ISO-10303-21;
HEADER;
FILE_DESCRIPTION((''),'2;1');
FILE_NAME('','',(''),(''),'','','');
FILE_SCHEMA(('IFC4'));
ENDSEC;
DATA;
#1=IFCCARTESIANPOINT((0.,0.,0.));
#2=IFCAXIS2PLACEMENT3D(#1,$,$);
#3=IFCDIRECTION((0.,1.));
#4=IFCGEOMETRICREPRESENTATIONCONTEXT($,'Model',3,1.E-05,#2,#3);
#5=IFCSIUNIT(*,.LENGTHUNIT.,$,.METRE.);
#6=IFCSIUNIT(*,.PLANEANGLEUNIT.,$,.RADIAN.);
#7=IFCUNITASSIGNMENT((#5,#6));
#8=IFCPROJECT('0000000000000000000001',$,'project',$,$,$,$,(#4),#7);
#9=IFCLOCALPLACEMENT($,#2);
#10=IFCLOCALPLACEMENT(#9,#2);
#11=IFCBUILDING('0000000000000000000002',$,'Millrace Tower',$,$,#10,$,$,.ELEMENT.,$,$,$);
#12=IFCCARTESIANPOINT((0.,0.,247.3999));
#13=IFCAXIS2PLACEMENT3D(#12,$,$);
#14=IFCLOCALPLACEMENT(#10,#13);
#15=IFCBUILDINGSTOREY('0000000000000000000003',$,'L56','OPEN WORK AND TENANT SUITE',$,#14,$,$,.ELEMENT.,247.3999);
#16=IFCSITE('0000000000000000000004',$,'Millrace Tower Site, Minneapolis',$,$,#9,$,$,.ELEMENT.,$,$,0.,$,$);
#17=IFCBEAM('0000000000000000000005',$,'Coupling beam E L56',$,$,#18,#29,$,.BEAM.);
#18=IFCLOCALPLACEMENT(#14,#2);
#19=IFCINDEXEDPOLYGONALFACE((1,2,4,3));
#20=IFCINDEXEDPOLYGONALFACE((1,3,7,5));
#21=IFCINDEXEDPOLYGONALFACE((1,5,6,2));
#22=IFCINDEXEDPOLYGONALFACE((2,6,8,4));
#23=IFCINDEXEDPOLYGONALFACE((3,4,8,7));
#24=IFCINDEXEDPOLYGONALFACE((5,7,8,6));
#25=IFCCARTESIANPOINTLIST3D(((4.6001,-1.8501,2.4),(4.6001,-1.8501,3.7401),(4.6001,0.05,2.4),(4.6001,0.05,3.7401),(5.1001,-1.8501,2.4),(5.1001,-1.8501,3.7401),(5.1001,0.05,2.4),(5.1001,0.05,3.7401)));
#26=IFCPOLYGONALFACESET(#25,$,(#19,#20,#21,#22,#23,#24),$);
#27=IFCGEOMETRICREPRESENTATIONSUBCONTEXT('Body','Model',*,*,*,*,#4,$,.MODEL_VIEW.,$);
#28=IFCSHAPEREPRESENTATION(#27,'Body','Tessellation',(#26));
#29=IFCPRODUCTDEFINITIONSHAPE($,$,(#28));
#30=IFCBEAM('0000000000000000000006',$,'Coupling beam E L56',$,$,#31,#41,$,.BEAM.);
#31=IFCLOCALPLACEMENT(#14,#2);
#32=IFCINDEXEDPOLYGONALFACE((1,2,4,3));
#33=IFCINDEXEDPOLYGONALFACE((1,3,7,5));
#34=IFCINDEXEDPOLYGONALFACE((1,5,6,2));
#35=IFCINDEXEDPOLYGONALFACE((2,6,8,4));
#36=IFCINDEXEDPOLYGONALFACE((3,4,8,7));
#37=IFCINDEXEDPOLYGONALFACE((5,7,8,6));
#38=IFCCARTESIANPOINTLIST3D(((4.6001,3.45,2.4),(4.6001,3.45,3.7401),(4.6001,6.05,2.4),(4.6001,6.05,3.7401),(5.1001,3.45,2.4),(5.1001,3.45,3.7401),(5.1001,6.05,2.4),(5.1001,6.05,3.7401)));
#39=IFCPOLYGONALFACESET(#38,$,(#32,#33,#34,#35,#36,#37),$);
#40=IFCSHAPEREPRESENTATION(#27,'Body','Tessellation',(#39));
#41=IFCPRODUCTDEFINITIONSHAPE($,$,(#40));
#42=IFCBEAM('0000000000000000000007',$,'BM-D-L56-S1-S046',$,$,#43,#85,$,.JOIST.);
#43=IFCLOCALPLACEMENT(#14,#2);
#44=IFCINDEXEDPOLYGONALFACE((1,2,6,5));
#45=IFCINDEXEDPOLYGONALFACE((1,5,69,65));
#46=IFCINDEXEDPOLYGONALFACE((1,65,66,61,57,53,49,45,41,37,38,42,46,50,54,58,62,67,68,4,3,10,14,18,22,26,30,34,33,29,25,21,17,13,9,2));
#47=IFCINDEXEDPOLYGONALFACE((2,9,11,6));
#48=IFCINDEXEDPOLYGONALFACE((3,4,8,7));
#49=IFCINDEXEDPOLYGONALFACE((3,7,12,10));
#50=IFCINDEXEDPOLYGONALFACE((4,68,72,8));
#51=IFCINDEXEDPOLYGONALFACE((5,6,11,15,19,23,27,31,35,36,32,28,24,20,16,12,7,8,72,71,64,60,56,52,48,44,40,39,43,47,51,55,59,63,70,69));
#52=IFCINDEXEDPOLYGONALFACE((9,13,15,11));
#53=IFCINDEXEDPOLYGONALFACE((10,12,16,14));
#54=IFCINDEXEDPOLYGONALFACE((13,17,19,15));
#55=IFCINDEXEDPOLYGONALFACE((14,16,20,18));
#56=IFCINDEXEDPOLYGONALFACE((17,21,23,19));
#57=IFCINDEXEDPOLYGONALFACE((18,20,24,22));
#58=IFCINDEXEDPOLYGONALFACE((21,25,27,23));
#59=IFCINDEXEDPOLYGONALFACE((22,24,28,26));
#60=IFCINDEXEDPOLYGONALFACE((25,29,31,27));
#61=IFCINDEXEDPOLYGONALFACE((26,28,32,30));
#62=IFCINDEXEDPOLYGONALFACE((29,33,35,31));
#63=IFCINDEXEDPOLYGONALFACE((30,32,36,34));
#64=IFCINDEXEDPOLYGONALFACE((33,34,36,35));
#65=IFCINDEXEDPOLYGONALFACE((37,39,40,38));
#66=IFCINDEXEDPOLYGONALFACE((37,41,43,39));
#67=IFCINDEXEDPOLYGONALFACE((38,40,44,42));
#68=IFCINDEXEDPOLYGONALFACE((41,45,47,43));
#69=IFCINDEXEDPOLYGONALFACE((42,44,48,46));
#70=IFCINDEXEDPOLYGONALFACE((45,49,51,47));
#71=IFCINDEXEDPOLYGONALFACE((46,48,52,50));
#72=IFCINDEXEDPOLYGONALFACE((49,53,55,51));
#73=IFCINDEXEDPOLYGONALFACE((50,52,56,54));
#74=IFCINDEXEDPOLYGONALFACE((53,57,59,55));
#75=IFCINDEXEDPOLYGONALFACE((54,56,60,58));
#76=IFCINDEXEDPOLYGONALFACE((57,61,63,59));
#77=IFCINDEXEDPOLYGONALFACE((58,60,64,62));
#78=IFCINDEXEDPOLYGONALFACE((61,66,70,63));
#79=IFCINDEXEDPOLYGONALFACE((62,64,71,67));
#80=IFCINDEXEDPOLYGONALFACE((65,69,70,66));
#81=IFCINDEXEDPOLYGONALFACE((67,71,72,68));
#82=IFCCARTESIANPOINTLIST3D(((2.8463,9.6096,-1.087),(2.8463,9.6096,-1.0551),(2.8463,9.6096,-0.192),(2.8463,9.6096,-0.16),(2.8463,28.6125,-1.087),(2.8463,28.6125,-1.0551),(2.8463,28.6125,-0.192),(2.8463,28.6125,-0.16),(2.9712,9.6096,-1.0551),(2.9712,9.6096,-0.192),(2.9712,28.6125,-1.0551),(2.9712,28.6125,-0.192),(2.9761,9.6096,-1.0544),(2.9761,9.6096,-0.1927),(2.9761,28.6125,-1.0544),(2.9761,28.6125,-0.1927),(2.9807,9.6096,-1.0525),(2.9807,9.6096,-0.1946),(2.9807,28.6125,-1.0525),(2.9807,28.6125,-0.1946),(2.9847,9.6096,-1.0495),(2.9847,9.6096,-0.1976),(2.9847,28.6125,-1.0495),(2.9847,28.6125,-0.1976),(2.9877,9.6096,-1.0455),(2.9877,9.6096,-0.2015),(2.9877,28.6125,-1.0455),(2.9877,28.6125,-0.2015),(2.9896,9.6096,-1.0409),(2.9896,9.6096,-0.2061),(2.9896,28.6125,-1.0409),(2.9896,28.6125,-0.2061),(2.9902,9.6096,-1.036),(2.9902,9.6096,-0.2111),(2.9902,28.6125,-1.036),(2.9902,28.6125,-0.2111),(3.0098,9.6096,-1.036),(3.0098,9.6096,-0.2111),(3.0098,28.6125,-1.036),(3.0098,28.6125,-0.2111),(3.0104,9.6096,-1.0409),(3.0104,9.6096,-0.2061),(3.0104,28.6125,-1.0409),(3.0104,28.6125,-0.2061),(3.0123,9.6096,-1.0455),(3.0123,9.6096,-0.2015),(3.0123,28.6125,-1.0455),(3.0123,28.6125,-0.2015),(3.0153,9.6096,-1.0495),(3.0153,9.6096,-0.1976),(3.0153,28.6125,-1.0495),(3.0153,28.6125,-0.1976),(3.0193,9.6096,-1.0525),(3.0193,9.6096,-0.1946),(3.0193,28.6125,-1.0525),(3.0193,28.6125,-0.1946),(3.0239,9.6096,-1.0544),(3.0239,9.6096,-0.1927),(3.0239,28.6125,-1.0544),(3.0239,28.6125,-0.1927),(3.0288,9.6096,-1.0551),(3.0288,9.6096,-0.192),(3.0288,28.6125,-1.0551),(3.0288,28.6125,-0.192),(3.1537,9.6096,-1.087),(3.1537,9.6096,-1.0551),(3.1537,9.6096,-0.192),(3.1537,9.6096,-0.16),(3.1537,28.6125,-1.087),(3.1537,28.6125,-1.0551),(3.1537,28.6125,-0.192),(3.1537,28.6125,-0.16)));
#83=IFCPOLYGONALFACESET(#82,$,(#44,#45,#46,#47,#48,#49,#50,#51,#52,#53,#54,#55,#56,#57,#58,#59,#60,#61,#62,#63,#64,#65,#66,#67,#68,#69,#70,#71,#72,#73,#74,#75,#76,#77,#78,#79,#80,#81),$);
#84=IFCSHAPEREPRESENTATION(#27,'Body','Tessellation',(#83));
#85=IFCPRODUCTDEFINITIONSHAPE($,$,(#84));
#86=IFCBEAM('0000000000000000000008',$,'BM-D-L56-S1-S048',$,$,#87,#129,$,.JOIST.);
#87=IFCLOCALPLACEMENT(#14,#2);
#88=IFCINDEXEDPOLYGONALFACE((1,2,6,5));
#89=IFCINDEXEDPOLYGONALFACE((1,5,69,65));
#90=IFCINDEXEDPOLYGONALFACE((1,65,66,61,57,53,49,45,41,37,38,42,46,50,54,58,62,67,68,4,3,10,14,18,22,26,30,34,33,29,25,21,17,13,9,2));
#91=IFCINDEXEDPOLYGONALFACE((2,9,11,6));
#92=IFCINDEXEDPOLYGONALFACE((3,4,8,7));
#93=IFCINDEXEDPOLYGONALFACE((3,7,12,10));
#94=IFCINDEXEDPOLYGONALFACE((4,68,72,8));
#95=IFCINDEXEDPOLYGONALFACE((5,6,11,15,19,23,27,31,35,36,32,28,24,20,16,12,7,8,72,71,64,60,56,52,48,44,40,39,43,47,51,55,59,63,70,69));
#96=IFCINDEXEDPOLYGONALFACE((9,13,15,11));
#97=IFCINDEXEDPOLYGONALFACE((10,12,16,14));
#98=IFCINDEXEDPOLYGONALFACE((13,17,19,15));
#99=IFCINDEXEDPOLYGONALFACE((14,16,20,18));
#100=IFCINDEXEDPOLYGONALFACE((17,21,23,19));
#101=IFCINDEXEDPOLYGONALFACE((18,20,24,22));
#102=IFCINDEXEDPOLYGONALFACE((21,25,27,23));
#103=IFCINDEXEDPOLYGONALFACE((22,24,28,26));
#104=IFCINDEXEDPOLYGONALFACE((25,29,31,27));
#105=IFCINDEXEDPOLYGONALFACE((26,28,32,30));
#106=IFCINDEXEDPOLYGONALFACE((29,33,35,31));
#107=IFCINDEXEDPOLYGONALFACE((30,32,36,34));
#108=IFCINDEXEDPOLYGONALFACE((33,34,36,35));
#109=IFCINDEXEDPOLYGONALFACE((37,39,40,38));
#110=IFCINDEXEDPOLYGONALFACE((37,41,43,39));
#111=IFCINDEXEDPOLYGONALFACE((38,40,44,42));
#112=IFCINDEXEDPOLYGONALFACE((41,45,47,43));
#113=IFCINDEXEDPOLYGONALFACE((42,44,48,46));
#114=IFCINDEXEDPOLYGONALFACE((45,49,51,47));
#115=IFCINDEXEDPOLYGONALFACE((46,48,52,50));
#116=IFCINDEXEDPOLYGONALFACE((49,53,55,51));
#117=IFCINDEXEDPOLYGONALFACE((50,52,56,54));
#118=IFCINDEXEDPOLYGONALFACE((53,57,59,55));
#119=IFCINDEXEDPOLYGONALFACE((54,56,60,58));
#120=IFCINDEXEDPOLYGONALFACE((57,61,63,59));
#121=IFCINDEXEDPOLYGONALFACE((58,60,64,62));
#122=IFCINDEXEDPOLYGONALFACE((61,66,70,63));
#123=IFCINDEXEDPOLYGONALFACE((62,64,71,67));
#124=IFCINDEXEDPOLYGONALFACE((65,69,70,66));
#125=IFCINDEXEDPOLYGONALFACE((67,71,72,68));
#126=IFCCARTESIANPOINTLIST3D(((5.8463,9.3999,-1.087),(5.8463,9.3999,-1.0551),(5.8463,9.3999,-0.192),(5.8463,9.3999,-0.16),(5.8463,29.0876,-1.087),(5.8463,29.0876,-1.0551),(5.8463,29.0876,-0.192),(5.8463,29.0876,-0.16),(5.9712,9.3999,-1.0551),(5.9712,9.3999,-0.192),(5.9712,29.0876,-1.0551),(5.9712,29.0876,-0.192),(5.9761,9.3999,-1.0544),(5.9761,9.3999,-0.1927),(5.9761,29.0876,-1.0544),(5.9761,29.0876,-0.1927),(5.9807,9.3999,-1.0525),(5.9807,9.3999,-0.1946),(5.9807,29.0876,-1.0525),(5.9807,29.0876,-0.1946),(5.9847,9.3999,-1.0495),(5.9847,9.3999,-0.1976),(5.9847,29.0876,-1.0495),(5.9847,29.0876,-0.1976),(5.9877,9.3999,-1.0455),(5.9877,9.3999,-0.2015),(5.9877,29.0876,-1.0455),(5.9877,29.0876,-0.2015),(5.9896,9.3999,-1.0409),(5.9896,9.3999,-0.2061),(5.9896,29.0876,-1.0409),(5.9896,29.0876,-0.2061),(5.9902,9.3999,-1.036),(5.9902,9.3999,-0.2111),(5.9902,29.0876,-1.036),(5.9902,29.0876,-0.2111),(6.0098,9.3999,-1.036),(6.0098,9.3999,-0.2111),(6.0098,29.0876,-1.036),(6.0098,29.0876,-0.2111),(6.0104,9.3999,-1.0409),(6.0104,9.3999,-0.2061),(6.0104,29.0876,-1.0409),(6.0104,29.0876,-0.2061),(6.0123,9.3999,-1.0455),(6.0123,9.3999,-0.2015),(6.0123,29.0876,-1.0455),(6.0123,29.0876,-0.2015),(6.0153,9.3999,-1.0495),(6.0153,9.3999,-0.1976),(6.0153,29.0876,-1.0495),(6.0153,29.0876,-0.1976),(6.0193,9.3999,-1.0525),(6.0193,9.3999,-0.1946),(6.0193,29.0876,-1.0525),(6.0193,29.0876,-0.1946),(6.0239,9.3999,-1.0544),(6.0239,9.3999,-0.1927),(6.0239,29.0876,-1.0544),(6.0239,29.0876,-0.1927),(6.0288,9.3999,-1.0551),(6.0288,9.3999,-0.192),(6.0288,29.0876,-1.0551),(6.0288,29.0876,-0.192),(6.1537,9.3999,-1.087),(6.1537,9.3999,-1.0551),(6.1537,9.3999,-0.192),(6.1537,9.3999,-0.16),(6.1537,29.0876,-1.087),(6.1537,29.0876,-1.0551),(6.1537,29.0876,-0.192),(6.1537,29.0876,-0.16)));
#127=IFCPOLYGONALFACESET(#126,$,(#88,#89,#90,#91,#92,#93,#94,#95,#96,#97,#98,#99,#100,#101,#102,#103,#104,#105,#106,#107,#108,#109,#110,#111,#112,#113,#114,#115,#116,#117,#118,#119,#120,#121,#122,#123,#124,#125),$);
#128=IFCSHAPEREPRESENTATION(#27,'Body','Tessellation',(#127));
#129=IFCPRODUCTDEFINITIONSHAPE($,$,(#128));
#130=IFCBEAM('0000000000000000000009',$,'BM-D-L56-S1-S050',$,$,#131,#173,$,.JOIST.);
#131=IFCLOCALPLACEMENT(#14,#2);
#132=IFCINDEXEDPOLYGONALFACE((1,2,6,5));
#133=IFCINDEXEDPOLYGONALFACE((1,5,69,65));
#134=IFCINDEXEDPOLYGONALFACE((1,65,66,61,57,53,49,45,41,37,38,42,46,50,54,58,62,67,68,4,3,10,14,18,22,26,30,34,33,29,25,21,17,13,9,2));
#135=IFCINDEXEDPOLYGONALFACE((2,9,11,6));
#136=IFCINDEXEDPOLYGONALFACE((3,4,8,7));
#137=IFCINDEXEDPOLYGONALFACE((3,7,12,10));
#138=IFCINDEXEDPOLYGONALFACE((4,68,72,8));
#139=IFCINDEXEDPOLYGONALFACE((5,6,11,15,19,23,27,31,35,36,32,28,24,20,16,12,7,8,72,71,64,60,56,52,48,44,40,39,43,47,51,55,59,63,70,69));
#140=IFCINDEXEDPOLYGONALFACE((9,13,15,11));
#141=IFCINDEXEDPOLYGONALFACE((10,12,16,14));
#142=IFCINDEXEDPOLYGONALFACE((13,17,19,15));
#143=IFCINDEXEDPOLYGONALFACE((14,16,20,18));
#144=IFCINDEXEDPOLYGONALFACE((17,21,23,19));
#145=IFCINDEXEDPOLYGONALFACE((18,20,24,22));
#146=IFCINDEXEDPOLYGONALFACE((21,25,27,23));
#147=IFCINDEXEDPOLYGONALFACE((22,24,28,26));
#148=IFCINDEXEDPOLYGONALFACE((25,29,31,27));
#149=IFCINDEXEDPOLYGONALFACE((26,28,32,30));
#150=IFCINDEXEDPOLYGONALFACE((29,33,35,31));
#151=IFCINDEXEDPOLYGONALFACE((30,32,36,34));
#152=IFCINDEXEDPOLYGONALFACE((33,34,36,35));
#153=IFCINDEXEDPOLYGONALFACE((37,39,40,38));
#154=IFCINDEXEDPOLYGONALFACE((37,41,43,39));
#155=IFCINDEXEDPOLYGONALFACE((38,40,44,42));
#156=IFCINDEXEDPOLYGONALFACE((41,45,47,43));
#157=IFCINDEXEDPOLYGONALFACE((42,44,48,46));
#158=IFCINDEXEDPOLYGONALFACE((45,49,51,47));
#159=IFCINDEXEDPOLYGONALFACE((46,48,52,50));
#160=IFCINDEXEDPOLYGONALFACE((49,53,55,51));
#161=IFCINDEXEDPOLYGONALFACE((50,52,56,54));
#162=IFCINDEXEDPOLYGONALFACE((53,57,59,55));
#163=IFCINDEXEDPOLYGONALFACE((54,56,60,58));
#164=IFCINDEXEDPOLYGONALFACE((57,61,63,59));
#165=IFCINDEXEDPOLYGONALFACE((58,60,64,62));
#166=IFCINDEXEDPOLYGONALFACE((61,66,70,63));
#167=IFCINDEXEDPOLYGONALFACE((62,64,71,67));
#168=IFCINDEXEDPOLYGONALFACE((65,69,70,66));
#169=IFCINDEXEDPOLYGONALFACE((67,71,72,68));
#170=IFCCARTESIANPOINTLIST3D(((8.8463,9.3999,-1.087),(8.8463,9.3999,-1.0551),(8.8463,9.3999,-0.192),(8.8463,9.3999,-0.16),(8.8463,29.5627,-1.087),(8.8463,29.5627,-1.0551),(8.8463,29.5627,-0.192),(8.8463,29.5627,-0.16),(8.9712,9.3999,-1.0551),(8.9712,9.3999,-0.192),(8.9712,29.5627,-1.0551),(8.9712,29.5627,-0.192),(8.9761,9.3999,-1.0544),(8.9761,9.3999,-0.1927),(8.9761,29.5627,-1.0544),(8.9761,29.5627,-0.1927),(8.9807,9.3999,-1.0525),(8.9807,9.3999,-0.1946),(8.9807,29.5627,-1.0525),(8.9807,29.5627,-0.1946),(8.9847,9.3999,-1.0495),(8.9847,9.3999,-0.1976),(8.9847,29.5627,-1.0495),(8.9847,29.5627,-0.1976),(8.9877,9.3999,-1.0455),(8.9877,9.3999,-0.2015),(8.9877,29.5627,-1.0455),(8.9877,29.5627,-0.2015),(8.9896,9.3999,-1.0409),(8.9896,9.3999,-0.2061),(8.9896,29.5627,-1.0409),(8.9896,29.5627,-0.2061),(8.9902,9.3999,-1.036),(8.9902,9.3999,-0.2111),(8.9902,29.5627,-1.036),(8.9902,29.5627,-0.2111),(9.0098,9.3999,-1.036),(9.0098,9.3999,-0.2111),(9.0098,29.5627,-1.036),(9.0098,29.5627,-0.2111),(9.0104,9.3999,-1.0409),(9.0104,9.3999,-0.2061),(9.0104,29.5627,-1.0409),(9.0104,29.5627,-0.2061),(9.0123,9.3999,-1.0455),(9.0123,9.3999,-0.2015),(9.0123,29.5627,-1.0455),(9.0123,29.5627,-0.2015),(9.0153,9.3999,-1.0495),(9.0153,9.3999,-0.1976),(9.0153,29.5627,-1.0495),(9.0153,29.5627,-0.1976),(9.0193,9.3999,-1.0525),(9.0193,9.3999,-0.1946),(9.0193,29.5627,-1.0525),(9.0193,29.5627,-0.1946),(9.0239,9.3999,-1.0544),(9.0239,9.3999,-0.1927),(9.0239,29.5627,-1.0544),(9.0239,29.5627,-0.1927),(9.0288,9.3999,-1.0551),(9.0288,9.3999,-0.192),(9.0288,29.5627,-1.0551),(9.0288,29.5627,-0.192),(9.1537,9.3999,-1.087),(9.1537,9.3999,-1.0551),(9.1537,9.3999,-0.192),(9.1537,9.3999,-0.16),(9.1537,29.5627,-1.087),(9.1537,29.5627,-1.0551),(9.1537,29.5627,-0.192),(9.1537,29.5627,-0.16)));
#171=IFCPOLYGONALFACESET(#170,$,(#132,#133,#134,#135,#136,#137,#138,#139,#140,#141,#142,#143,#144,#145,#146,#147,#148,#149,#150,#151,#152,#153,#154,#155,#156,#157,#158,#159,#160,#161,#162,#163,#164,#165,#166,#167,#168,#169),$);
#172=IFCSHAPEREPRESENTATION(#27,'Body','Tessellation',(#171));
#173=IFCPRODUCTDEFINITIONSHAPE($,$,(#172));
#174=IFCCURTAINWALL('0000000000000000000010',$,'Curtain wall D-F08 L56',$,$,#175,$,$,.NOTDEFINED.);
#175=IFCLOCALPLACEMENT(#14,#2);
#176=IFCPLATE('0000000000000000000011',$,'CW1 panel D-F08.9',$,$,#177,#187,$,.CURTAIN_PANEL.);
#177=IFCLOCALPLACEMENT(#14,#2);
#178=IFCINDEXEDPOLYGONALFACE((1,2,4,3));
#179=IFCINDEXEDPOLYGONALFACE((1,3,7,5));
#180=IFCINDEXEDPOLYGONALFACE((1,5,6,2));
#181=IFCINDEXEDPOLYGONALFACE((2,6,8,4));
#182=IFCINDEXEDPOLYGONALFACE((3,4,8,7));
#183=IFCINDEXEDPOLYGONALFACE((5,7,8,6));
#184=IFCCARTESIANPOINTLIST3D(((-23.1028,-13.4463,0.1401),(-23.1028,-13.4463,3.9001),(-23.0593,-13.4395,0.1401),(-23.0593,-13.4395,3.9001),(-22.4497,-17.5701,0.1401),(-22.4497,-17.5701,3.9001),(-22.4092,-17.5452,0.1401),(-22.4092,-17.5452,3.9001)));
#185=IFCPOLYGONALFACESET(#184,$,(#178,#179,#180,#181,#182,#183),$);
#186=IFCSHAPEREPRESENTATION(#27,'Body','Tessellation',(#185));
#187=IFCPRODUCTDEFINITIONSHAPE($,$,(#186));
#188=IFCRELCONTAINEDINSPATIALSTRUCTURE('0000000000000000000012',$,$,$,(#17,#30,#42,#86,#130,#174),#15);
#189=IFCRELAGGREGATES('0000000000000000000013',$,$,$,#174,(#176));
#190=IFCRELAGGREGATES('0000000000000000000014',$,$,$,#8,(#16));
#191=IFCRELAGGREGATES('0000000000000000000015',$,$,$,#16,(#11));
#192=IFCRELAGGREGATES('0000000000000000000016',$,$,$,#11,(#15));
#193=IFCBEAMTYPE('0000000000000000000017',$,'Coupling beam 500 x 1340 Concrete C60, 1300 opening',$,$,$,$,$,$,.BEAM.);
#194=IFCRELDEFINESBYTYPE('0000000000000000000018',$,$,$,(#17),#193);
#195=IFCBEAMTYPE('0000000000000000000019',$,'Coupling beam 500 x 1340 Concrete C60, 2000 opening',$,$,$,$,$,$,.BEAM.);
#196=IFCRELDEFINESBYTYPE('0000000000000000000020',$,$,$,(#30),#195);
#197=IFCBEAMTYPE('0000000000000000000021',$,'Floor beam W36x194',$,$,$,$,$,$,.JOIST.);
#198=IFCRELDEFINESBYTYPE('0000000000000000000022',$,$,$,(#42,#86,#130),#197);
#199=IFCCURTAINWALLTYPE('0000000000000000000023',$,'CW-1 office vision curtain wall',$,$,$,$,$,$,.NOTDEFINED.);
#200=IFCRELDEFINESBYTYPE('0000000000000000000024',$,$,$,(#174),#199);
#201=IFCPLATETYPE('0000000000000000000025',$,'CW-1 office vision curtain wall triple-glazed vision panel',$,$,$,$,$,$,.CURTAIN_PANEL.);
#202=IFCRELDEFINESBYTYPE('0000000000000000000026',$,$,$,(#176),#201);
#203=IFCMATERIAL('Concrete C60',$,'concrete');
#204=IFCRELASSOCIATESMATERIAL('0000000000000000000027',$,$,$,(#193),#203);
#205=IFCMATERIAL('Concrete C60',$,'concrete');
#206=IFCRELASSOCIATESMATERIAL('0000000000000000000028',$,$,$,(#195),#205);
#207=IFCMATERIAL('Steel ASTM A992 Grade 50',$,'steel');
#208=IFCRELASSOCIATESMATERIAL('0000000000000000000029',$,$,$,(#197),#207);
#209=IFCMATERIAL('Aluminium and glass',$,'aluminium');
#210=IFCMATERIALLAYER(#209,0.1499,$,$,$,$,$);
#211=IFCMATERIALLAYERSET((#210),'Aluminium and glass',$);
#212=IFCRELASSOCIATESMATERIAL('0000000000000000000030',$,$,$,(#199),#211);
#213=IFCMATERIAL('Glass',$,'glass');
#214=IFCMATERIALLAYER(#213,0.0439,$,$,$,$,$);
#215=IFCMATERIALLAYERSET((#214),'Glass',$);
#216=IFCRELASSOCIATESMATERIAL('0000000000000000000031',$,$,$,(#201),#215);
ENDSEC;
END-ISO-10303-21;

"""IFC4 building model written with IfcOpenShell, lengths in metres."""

from ifc_helpers import new_model, si_unit, direction, frame, origin, origin_2d, place, context, subcontext, project, spatial, polyline, rectangle, i_section, outline, extrude, material, layer, layer_set, material_profile, profile_set, type_object, element, aggregate, save


model = new_model("IFC4")

# Units and contexts
model_context = context("Model", 3, precision=1e-05, world=origin(), true_north=direction((0.0, 1.0)))
body_context = subcontext(model_context, "Body", "Model", "MODEL_VIEW")
ifc_project = project(units=[si_unit("LENGTHUNIT", "METRE"), si_unit("PLANEANGLEUNIT", "RADIAN")], contexts=[model_context])

# Site, building, storey
site_placement = place(None, origin())
site = spatial("IfcSite", under=ifc_project, at=site_placement, Name="Millrace Tower Site, Minneapolis", CompositionType="ELEMENT", RefElevation=0.0)
building_placement = place(site_placement, origin())
building = spatial("IfcBuilding", under=site, at=building_placement, Name="Millrace Tower", CompositionType="ELEMENT")
storey_placement = place(building_placement, frame((0.0, 0.0, 247.3999)))
storey = spatial("IfcBuildingStorey", under=building, at=storey_placement, Name="L56", Description="OPEN WORK AND TENANT SUITE", CompositionType="ELEMENT", Elevation=247.3999)

# Beams
ifc_material_1 = material(Name="Concrete C60", Category="concrete")
ifc_material_profile_1 = material_profile(ifc_material_1, rectangle(XDim=0.5, YDim=1.3401, at=origin_2d()))
ifc_profile_set_1 = profile_set([ifc_material_profile_1], Name="Concrete C60")
beam_type_1 = type_object("IfcBeamType", Name="Coupling beam 500 x 1340 Concrete C60, 1300 opening", PredefinedType="BEAM", material=ifc_profile_set_1)
beam_1_placement = place(storey_placement, frame((4.8501, 0.05, 3.0701), z_axis=(0.0, -1.0, 0.0), x_axis=(1.0, 0.0, 0.0)))
element("IfcBeam", 1, at=beam_1_placement, inside=storey, type_object=beam_type_1, Name="Coupling beam E L56", PredefinedType="BEAM", context=body_context, shape_type="SweptSolid", body=[
    extrude(rectangle(XDim=0.5, YDim=1.3401, at=origin_2d()), origin(), (0.0, 0.0, 1.0), 1.9001),
])
ifc_material_2 = material(Name="Concrete C60", Category="concrete")
ifc_material_profile_2 = material_profile(ifc_material_2, rectangle(XDim=0.5, YDim=1.3401, at=origin_2d()))
ifc_profile_set_2 = profile_set([ifc_material_profile_2], Name="Concrete C60")
beam_type_2 = type_object("IfcBeamType", Name="Coupling beam 500 x 1340 Concrete C60, 2000 opening", PredefinedType="BEAM", material=ifc_profile_set_2)
beam_2_placement = place(storey_placement, frame((4.8501, 6.05, 3.0701), z_axis=(0.0, -1.0, 0.0), x_axis=(1.0, 0.0, 0.0)))
element("IfcBeam", 2, at=beam_2_placement, inside=storey, type_object=beam_type_2, Name="Coupling beam E L56", PredefinedType="BEAM", context=body_context, shape_type="SweptSolid", body=[
    extrude(rectangle(XDim=0.5, YDim=1.3401, at=origin_2d()), origin(), (0.0, 0.0, 1.0), 2.6001),
])
ifc_material_3 = material(Name="Steel ASTM A992 Grade 50", Category="steel")
ifc_material_profile_3 = material_profile(ifc_material_3, i_section(OverallWidth=0.3074, OverallDepth=0.927, WebThickness=0.0195, FlangeThickness=0.032, FilletRadius=0.019, at=origin_2d()))
ifc_profile_set_3 = profile_set([ifc_material_profile_3], Name="Steel ASTM A992 Grade 50")
beam_type_3 = type_object("IfcBeamType", Name="Floor beam W36x194", PredefinedType="JOIST", material=ifc_profile_set_3)
beam_3_placement = place(storey_placement, frame((3.0, 9.6096, -0.6235), z_axis=(0.0, 1.0, 0.0), x_axis=(-1.0, 0.0, 0.0)))
element("IfcBeam", 3, at=beam_3_placement, inside=storey, type_object=beam_type_3, Name="BM-D-L56-S1-S046", PredefinedType="JOIST", context=body_context, shape_type="SweptSolid", body=[
    extrude(i_section(OverallWidth=0.3074, OverallDepth=0.927, WebThickness=0.0195, FlangeThickness=0.032, FilletRadius=0.019, at=origin_2d()), origin(), (0.0, 0.0, 1.0), 19.0029),
])
beam_4_placement = place(storey_placement, frame((6.0, 9.3999, -0.6235), z_axis=(0.0, 1.0, 0.0), x_axis=(-1.0, 0.0, 0.0)))
element("IfcBeam", 4, at=beam_4_placement, inside=storey, type_object=beam_type_3, Name="BM-D-L56-S1-S048", PredefinedType="JOIST", context=body_context, shape_type="SweptSolid", body=[
    extrude(i_section(OverallWidth=0.3074, OverallDepth=0.927, WebThickness=0.0195, FlangeThickness=0.032, FilletRadius=0.019, at=origin_2d()), origin(), (0.0, 0.0, 1.0), 19.6877),
])
beam_5_placement = place(storey_placement, frame((9.0, 9.3999, -0.6235), z_axis=(0.0, 1.0, 0.0), x_axis=(-1.0, 0.0, 0.0)))
element("IfcBeam", 5, at=beam_5_placement, inside=storey, type_object=beam_type_3, Name="BM-D-L56-S1-S050", PredefinedType="JOIST", context=body_context, shape_type="SweptSolid", body=[
    extrude(i_section(OverallWidth=0.3074, OverallDepth=0.927, WebThickness=0.0195, FlangeThickness=0.032, FilletRadius=0.019, at=origin_2d()), origin(), (0.0, 0.0, 1.0), 20.1628),
])

# Curtain wall, plate
ifc_material_4 = material(Name="Aluminium and glass", Category="aluminium")
ifc_layer_1 = layer(ifc_material_4, 0.1499)
ifc_layer_set_1 = layer_set([ifc_layer_1], Name="Aluminium and glass")
curtain_wall_type = type_object("IfcCurtainWallType", Name="CW-1 office vision curtain wall", PredefinedType="NOTDEFINED", material=ifc_layer_set_1)
placement_1 = place(storey_placement, origin())
curtain_wall = element("IfcCurtainWall", 6, at=placement_1, inside=storey, type_object=curtain_wall_type, Name="Curtain wall D-F08 L56", PredefinedType="NOTDEFINED")
ifc_material_5 = material(Name="Glass", Category="glass")
ifc_layer_2 = layer(ifc_material_5, 0.0439)
ifc_layer_set_2 = layer_set([ifc_layer_2], Name="Glass")
plate_type = type_object("IfcPlateType", Name="CW-1 office vision curtain wall triple-glazed vision panel", PredefinedType="CURTAIN_PANEL", material=ifc_layer_set_2)
plate_placement = place(storey_placement, frame((0.0, 0.0, 0.1401)))
plate = element("IfcPlate", 7, at=plate_placement, type_object=plate_type, Name="CW1 panel D-F08.9", PredefinedType="CURTAIN_PANEL", context=body_context, shape_type="SweptSolid", body=[
    extrude(outline(polyline([(-23.1028, -13.4463), (-22.4497, -17.5701), (-22.4092, -17.5452), (-23.0593, -13.4395), (-23.1028, -13.4463)])), origin(), (0.0, 0.0, 1.0), 3.76),
])
aggregate(curtain_wall, [plate])

save(model, "model.ifc")
